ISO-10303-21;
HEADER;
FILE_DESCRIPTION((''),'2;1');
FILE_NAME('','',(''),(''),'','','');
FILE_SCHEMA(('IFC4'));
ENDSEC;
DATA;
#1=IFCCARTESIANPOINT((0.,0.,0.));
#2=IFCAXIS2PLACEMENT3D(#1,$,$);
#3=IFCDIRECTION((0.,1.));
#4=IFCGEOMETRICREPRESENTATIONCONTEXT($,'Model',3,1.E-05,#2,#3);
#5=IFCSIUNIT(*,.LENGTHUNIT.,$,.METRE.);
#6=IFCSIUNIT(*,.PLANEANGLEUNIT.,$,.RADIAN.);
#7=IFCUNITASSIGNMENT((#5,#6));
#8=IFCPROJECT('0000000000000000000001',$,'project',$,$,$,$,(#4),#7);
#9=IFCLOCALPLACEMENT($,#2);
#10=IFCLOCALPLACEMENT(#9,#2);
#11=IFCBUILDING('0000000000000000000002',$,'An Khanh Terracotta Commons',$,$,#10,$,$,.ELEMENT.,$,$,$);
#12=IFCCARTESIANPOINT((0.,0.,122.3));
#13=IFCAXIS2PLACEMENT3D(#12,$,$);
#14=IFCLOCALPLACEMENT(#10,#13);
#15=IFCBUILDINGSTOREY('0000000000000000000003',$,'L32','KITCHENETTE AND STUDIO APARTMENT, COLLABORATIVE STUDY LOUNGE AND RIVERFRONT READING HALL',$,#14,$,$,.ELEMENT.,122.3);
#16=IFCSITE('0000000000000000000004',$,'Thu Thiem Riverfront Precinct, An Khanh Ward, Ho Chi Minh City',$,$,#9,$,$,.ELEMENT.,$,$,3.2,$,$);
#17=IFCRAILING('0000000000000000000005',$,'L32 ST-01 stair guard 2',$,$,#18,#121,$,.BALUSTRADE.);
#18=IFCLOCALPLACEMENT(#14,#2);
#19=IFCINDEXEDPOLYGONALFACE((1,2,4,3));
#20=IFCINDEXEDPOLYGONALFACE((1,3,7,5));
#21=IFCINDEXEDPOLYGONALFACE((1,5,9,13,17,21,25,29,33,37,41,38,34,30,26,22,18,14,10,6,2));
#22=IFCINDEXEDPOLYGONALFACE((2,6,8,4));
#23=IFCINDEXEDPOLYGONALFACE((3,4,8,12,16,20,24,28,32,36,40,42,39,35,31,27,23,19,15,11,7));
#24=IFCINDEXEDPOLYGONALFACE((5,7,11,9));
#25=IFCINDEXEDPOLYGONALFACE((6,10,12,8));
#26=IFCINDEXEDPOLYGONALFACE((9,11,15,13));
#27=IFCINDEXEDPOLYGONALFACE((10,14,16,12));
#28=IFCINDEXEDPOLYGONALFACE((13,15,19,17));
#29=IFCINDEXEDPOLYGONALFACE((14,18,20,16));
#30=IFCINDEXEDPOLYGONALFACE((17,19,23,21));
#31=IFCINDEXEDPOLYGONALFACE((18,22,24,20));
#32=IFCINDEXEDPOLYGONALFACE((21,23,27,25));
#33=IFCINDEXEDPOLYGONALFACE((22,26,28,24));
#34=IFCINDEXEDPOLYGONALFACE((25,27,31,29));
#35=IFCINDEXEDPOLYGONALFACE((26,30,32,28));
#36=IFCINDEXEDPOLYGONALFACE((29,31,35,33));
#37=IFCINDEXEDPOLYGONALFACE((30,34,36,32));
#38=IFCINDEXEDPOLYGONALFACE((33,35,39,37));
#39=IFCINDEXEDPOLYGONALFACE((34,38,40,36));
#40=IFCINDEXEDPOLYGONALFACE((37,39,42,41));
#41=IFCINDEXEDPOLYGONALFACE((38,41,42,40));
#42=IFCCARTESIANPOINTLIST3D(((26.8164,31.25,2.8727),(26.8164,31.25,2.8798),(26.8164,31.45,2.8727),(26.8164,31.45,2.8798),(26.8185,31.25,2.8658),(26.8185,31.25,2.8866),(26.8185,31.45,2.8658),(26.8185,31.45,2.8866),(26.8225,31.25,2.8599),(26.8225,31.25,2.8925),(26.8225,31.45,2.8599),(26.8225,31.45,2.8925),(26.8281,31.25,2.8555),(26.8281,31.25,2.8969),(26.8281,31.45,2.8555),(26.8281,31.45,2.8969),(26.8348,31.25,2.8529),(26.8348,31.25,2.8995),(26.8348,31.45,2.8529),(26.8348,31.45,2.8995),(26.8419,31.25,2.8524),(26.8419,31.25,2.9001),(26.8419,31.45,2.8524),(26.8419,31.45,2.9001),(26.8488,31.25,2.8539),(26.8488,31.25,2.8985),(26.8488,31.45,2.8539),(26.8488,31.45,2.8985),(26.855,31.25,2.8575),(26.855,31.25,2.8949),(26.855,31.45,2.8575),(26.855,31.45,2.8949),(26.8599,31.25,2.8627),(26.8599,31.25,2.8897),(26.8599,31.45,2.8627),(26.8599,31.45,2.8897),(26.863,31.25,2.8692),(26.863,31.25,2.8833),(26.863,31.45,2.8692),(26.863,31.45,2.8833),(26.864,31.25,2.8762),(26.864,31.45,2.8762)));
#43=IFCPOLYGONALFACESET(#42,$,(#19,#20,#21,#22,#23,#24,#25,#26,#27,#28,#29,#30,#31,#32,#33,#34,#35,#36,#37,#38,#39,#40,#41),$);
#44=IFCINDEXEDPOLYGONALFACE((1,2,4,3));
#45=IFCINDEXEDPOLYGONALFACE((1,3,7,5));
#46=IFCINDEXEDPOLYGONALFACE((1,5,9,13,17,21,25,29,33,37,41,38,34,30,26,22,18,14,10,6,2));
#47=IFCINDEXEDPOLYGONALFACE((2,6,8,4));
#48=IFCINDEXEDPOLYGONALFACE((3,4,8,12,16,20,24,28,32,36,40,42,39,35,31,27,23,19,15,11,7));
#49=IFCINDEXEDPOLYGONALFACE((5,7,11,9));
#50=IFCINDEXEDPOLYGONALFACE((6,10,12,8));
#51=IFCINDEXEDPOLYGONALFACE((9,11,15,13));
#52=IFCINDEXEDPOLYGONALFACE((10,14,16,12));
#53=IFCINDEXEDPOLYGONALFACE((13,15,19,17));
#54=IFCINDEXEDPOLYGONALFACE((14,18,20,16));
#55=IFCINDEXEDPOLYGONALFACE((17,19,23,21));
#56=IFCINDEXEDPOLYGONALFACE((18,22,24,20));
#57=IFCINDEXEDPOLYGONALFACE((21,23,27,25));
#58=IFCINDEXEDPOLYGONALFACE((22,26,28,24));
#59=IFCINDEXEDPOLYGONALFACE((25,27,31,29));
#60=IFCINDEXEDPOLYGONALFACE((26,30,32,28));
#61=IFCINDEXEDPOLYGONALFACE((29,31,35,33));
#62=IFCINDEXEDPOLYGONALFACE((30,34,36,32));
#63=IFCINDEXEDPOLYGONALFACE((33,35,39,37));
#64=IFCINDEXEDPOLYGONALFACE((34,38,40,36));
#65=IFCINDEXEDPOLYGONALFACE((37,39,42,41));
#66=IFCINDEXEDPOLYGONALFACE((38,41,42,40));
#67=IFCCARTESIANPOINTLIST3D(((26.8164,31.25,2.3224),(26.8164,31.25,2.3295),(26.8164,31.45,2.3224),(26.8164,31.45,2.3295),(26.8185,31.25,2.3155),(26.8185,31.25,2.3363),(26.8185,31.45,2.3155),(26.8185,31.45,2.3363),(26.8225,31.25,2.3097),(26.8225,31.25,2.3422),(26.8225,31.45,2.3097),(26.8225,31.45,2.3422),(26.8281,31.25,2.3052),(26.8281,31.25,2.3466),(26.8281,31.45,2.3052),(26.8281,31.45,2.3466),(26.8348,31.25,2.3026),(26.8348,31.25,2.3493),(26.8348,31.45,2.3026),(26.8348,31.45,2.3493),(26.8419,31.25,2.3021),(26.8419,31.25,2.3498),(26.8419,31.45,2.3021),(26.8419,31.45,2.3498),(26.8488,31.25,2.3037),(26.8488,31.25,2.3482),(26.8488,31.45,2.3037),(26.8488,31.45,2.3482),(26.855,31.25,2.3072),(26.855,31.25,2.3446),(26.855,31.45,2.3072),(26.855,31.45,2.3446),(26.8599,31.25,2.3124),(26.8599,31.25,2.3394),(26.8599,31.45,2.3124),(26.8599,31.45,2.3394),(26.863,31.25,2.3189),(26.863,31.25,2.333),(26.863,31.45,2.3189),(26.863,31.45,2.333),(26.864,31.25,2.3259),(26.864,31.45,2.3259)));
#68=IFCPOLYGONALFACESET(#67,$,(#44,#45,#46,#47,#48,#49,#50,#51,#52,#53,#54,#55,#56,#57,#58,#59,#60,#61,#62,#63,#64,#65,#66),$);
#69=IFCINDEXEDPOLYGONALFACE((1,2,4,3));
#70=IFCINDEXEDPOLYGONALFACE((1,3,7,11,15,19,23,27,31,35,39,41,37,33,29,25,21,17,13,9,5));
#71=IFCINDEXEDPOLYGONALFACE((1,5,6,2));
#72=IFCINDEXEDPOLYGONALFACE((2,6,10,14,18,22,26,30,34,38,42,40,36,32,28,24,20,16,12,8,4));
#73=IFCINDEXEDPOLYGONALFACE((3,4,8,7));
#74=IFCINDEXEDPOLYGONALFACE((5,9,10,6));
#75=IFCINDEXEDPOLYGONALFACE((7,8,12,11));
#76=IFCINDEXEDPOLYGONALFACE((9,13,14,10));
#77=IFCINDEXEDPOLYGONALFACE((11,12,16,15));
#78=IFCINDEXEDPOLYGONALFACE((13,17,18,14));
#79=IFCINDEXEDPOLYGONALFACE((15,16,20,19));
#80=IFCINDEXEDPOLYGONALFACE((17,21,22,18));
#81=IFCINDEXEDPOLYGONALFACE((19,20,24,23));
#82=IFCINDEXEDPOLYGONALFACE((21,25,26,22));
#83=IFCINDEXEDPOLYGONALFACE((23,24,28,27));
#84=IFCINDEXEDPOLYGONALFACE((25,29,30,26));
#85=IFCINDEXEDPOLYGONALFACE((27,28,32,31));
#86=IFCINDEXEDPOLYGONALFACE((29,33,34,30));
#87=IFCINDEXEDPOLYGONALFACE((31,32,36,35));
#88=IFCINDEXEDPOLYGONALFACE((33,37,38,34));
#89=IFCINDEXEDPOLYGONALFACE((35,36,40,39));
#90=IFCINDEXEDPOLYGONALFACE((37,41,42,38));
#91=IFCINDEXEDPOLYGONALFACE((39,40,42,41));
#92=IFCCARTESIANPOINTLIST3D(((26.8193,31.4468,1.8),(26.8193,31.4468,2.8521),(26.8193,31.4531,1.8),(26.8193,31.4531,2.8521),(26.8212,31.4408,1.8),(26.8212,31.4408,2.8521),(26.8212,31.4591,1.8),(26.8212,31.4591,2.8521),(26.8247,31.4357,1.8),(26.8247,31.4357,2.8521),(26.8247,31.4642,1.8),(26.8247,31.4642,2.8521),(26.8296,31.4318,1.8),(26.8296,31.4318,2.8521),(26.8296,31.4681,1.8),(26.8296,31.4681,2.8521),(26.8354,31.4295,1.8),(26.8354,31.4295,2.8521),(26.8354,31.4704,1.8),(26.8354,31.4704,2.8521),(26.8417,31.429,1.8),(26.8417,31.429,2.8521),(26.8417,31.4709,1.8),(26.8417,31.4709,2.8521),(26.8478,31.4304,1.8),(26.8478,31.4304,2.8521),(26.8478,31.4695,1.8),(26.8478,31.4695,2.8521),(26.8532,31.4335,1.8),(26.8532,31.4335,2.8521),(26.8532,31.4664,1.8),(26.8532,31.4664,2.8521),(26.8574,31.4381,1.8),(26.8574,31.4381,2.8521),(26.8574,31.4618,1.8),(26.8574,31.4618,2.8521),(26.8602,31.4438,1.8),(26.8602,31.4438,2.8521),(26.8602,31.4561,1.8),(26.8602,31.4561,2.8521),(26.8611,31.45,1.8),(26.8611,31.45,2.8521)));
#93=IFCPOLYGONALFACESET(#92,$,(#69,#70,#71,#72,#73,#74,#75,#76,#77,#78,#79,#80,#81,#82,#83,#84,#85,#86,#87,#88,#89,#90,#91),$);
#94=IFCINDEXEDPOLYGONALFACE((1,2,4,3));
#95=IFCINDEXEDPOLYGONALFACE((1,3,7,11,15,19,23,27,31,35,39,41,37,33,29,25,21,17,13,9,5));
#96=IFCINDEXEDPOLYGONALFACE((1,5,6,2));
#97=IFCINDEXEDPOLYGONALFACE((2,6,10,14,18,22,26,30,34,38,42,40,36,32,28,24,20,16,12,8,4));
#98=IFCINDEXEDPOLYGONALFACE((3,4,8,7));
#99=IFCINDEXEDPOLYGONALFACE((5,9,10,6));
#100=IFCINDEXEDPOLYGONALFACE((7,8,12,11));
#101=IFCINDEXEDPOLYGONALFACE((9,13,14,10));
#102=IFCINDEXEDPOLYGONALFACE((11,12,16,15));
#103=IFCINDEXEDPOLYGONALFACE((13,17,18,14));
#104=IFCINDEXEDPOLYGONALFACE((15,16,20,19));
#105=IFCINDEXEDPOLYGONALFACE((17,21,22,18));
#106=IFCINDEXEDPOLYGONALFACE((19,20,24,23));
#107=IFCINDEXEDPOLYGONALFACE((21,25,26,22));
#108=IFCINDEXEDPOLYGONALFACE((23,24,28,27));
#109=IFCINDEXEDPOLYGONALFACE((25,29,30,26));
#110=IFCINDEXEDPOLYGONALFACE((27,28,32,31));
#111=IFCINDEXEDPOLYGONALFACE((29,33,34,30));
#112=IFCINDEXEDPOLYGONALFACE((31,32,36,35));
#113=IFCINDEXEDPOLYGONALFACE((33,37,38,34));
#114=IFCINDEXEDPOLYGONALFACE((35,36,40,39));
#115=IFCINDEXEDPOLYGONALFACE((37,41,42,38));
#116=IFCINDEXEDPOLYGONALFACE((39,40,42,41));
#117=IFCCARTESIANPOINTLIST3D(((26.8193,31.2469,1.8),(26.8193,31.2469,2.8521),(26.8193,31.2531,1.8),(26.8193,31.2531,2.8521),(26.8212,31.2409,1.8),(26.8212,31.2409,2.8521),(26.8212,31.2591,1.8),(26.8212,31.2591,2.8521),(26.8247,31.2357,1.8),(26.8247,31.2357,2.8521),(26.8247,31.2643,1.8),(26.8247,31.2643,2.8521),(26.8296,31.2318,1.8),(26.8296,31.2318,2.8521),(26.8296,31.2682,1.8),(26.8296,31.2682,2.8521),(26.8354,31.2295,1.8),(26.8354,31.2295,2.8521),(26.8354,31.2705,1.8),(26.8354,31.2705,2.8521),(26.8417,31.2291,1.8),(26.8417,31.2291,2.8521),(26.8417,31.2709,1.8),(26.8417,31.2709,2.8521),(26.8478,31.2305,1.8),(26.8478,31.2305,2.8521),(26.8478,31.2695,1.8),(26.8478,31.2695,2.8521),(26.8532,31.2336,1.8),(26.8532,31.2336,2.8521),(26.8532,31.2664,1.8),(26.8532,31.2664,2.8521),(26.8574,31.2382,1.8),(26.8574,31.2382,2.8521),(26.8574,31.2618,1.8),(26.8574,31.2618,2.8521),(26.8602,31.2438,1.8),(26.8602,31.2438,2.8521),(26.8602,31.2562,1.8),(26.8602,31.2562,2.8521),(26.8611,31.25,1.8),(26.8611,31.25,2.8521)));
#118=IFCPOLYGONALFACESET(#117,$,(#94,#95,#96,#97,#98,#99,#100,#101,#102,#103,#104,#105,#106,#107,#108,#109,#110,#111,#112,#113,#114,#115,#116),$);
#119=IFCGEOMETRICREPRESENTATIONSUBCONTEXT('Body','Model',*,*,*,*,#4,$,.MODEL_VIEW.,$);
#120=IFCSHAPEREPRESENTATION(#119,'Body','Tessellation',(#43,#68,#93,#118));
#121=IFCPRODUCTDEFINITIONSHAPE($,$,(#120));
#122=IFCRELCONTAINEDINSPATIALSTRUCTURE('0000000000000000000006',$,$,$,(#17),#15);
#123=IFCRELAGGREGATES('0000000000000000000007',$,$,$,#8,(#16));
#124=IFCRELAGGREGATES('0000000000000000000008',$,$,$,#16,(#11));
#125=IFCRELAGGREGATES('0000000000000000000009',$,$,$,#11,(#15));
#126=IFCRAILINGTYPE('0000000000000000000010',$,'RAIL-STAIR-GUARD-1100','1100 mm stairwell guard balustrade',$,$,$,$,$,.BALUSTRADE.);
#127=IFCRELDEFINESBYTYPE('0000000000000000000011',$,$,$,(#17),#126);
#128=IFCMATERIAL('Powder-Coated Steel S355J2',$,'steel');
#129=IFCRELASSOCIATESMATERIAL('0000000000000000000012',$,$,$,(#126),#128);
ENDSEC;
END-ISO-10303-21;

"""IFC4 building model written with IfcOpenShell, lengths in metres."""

from ifc_helpers import new_model, si_unit, direction, frame, origin, origin_2d, place, context, subcontext, project, spatial, circle, extrude, material, type_object, element, save


model = new_model("IFC4")

# Units and contexts
model_context = context("Model", 3, precision=1e-05, world=origin(), true_north=direction((0.0, 1.0)))
body_context = subcontext(model_context, "Body", "Model", "MODEL_VIEW")
ifc_project = project(units=[si_unit("LENGTHUNIT", "METRE"), si_unit("PLANEANGLEUNIT", "RADIAN")], contexts=[model_context])

# Site, building, storey
site_placement = place(None, origin())
site = spatial("IfcSite", under=ifc_project, at=site_placement, Name="Thu Thiem Riverfront Precinct, An Khanh Ward, Ho Chi Minh City", CompositionType="ELEMENT", RefElevation=3.2)
building_placement = place(site_placement, origin())
building = spatial("IfcBuilding", under=site, at=building_placement, Name="An Khanh Terracotta Commons", CompositionType="ELEMENT")
storey_placement = place(building_placement, frame((0.0, 0.0, 122.3)))
storey = spatial("IfcBuildingStorey", under=building, at=storey_placement, Name="L32", Description="KITCHENETTE AND STUDIO APARTMENT, COLLABORATIVE STUDY LOUNGE AND RIVERFRONT READING HALL", CompositionType="ELEMENT", Elevation=122.3)

# Railing
ifc_material_1 = material(Name="Powder-Coated Steel S355J2", Category="steel")
railing_type_1 = type_object("IfcRailingType", Name="RAIL-STAIR-GUARD-1100", Description="1100 mm stairwell guard balustrade", PredefinedType="BALUSTRADE", material=ifc_material_1)
railing_1_placement = place(storey_placement, frame((26.8401, 31.45, 1.8)))
element("IfcRailing", 1, at=railing_1_placement, inside=storey, type_object=railing_type_1, Name="L32 ST-01 stair guard 2", PredefinedType="BALUSTRADE", context=body_context, shape_type="SweptSolid", body=[
    extrude(circle(Radius=0.0239, at=origin_2d()), frame((0.0, 0.0, 1.0762), z_axis=(0.0, -1.0, 0.0), x_axis=(1.0, 0.0, 0.0)), (0.0, 0.0, 1.0), 0.2),
    extrude(circle(Radius=0.0239, at=origin_2d()), frame((0.0, 0.0, 0.5259), z_axis=(0.0, -1.0, 0.0), x_axis=(1.0, 0.0, 0.0)), (0.0, 0.0, 1.0), 0.2),
    extrude(circle(Radius=0.021, at=origin_2d()), origin(), (0.0, 0.0, 1.0), 1.052),
    extrude(circle(Radius=0.021, at=origin_2d()), frame((0.0, -0.2, 0.0)), (0.0, 0.0, 1.0), 1.052),
])

save(model, "model.ifc")
